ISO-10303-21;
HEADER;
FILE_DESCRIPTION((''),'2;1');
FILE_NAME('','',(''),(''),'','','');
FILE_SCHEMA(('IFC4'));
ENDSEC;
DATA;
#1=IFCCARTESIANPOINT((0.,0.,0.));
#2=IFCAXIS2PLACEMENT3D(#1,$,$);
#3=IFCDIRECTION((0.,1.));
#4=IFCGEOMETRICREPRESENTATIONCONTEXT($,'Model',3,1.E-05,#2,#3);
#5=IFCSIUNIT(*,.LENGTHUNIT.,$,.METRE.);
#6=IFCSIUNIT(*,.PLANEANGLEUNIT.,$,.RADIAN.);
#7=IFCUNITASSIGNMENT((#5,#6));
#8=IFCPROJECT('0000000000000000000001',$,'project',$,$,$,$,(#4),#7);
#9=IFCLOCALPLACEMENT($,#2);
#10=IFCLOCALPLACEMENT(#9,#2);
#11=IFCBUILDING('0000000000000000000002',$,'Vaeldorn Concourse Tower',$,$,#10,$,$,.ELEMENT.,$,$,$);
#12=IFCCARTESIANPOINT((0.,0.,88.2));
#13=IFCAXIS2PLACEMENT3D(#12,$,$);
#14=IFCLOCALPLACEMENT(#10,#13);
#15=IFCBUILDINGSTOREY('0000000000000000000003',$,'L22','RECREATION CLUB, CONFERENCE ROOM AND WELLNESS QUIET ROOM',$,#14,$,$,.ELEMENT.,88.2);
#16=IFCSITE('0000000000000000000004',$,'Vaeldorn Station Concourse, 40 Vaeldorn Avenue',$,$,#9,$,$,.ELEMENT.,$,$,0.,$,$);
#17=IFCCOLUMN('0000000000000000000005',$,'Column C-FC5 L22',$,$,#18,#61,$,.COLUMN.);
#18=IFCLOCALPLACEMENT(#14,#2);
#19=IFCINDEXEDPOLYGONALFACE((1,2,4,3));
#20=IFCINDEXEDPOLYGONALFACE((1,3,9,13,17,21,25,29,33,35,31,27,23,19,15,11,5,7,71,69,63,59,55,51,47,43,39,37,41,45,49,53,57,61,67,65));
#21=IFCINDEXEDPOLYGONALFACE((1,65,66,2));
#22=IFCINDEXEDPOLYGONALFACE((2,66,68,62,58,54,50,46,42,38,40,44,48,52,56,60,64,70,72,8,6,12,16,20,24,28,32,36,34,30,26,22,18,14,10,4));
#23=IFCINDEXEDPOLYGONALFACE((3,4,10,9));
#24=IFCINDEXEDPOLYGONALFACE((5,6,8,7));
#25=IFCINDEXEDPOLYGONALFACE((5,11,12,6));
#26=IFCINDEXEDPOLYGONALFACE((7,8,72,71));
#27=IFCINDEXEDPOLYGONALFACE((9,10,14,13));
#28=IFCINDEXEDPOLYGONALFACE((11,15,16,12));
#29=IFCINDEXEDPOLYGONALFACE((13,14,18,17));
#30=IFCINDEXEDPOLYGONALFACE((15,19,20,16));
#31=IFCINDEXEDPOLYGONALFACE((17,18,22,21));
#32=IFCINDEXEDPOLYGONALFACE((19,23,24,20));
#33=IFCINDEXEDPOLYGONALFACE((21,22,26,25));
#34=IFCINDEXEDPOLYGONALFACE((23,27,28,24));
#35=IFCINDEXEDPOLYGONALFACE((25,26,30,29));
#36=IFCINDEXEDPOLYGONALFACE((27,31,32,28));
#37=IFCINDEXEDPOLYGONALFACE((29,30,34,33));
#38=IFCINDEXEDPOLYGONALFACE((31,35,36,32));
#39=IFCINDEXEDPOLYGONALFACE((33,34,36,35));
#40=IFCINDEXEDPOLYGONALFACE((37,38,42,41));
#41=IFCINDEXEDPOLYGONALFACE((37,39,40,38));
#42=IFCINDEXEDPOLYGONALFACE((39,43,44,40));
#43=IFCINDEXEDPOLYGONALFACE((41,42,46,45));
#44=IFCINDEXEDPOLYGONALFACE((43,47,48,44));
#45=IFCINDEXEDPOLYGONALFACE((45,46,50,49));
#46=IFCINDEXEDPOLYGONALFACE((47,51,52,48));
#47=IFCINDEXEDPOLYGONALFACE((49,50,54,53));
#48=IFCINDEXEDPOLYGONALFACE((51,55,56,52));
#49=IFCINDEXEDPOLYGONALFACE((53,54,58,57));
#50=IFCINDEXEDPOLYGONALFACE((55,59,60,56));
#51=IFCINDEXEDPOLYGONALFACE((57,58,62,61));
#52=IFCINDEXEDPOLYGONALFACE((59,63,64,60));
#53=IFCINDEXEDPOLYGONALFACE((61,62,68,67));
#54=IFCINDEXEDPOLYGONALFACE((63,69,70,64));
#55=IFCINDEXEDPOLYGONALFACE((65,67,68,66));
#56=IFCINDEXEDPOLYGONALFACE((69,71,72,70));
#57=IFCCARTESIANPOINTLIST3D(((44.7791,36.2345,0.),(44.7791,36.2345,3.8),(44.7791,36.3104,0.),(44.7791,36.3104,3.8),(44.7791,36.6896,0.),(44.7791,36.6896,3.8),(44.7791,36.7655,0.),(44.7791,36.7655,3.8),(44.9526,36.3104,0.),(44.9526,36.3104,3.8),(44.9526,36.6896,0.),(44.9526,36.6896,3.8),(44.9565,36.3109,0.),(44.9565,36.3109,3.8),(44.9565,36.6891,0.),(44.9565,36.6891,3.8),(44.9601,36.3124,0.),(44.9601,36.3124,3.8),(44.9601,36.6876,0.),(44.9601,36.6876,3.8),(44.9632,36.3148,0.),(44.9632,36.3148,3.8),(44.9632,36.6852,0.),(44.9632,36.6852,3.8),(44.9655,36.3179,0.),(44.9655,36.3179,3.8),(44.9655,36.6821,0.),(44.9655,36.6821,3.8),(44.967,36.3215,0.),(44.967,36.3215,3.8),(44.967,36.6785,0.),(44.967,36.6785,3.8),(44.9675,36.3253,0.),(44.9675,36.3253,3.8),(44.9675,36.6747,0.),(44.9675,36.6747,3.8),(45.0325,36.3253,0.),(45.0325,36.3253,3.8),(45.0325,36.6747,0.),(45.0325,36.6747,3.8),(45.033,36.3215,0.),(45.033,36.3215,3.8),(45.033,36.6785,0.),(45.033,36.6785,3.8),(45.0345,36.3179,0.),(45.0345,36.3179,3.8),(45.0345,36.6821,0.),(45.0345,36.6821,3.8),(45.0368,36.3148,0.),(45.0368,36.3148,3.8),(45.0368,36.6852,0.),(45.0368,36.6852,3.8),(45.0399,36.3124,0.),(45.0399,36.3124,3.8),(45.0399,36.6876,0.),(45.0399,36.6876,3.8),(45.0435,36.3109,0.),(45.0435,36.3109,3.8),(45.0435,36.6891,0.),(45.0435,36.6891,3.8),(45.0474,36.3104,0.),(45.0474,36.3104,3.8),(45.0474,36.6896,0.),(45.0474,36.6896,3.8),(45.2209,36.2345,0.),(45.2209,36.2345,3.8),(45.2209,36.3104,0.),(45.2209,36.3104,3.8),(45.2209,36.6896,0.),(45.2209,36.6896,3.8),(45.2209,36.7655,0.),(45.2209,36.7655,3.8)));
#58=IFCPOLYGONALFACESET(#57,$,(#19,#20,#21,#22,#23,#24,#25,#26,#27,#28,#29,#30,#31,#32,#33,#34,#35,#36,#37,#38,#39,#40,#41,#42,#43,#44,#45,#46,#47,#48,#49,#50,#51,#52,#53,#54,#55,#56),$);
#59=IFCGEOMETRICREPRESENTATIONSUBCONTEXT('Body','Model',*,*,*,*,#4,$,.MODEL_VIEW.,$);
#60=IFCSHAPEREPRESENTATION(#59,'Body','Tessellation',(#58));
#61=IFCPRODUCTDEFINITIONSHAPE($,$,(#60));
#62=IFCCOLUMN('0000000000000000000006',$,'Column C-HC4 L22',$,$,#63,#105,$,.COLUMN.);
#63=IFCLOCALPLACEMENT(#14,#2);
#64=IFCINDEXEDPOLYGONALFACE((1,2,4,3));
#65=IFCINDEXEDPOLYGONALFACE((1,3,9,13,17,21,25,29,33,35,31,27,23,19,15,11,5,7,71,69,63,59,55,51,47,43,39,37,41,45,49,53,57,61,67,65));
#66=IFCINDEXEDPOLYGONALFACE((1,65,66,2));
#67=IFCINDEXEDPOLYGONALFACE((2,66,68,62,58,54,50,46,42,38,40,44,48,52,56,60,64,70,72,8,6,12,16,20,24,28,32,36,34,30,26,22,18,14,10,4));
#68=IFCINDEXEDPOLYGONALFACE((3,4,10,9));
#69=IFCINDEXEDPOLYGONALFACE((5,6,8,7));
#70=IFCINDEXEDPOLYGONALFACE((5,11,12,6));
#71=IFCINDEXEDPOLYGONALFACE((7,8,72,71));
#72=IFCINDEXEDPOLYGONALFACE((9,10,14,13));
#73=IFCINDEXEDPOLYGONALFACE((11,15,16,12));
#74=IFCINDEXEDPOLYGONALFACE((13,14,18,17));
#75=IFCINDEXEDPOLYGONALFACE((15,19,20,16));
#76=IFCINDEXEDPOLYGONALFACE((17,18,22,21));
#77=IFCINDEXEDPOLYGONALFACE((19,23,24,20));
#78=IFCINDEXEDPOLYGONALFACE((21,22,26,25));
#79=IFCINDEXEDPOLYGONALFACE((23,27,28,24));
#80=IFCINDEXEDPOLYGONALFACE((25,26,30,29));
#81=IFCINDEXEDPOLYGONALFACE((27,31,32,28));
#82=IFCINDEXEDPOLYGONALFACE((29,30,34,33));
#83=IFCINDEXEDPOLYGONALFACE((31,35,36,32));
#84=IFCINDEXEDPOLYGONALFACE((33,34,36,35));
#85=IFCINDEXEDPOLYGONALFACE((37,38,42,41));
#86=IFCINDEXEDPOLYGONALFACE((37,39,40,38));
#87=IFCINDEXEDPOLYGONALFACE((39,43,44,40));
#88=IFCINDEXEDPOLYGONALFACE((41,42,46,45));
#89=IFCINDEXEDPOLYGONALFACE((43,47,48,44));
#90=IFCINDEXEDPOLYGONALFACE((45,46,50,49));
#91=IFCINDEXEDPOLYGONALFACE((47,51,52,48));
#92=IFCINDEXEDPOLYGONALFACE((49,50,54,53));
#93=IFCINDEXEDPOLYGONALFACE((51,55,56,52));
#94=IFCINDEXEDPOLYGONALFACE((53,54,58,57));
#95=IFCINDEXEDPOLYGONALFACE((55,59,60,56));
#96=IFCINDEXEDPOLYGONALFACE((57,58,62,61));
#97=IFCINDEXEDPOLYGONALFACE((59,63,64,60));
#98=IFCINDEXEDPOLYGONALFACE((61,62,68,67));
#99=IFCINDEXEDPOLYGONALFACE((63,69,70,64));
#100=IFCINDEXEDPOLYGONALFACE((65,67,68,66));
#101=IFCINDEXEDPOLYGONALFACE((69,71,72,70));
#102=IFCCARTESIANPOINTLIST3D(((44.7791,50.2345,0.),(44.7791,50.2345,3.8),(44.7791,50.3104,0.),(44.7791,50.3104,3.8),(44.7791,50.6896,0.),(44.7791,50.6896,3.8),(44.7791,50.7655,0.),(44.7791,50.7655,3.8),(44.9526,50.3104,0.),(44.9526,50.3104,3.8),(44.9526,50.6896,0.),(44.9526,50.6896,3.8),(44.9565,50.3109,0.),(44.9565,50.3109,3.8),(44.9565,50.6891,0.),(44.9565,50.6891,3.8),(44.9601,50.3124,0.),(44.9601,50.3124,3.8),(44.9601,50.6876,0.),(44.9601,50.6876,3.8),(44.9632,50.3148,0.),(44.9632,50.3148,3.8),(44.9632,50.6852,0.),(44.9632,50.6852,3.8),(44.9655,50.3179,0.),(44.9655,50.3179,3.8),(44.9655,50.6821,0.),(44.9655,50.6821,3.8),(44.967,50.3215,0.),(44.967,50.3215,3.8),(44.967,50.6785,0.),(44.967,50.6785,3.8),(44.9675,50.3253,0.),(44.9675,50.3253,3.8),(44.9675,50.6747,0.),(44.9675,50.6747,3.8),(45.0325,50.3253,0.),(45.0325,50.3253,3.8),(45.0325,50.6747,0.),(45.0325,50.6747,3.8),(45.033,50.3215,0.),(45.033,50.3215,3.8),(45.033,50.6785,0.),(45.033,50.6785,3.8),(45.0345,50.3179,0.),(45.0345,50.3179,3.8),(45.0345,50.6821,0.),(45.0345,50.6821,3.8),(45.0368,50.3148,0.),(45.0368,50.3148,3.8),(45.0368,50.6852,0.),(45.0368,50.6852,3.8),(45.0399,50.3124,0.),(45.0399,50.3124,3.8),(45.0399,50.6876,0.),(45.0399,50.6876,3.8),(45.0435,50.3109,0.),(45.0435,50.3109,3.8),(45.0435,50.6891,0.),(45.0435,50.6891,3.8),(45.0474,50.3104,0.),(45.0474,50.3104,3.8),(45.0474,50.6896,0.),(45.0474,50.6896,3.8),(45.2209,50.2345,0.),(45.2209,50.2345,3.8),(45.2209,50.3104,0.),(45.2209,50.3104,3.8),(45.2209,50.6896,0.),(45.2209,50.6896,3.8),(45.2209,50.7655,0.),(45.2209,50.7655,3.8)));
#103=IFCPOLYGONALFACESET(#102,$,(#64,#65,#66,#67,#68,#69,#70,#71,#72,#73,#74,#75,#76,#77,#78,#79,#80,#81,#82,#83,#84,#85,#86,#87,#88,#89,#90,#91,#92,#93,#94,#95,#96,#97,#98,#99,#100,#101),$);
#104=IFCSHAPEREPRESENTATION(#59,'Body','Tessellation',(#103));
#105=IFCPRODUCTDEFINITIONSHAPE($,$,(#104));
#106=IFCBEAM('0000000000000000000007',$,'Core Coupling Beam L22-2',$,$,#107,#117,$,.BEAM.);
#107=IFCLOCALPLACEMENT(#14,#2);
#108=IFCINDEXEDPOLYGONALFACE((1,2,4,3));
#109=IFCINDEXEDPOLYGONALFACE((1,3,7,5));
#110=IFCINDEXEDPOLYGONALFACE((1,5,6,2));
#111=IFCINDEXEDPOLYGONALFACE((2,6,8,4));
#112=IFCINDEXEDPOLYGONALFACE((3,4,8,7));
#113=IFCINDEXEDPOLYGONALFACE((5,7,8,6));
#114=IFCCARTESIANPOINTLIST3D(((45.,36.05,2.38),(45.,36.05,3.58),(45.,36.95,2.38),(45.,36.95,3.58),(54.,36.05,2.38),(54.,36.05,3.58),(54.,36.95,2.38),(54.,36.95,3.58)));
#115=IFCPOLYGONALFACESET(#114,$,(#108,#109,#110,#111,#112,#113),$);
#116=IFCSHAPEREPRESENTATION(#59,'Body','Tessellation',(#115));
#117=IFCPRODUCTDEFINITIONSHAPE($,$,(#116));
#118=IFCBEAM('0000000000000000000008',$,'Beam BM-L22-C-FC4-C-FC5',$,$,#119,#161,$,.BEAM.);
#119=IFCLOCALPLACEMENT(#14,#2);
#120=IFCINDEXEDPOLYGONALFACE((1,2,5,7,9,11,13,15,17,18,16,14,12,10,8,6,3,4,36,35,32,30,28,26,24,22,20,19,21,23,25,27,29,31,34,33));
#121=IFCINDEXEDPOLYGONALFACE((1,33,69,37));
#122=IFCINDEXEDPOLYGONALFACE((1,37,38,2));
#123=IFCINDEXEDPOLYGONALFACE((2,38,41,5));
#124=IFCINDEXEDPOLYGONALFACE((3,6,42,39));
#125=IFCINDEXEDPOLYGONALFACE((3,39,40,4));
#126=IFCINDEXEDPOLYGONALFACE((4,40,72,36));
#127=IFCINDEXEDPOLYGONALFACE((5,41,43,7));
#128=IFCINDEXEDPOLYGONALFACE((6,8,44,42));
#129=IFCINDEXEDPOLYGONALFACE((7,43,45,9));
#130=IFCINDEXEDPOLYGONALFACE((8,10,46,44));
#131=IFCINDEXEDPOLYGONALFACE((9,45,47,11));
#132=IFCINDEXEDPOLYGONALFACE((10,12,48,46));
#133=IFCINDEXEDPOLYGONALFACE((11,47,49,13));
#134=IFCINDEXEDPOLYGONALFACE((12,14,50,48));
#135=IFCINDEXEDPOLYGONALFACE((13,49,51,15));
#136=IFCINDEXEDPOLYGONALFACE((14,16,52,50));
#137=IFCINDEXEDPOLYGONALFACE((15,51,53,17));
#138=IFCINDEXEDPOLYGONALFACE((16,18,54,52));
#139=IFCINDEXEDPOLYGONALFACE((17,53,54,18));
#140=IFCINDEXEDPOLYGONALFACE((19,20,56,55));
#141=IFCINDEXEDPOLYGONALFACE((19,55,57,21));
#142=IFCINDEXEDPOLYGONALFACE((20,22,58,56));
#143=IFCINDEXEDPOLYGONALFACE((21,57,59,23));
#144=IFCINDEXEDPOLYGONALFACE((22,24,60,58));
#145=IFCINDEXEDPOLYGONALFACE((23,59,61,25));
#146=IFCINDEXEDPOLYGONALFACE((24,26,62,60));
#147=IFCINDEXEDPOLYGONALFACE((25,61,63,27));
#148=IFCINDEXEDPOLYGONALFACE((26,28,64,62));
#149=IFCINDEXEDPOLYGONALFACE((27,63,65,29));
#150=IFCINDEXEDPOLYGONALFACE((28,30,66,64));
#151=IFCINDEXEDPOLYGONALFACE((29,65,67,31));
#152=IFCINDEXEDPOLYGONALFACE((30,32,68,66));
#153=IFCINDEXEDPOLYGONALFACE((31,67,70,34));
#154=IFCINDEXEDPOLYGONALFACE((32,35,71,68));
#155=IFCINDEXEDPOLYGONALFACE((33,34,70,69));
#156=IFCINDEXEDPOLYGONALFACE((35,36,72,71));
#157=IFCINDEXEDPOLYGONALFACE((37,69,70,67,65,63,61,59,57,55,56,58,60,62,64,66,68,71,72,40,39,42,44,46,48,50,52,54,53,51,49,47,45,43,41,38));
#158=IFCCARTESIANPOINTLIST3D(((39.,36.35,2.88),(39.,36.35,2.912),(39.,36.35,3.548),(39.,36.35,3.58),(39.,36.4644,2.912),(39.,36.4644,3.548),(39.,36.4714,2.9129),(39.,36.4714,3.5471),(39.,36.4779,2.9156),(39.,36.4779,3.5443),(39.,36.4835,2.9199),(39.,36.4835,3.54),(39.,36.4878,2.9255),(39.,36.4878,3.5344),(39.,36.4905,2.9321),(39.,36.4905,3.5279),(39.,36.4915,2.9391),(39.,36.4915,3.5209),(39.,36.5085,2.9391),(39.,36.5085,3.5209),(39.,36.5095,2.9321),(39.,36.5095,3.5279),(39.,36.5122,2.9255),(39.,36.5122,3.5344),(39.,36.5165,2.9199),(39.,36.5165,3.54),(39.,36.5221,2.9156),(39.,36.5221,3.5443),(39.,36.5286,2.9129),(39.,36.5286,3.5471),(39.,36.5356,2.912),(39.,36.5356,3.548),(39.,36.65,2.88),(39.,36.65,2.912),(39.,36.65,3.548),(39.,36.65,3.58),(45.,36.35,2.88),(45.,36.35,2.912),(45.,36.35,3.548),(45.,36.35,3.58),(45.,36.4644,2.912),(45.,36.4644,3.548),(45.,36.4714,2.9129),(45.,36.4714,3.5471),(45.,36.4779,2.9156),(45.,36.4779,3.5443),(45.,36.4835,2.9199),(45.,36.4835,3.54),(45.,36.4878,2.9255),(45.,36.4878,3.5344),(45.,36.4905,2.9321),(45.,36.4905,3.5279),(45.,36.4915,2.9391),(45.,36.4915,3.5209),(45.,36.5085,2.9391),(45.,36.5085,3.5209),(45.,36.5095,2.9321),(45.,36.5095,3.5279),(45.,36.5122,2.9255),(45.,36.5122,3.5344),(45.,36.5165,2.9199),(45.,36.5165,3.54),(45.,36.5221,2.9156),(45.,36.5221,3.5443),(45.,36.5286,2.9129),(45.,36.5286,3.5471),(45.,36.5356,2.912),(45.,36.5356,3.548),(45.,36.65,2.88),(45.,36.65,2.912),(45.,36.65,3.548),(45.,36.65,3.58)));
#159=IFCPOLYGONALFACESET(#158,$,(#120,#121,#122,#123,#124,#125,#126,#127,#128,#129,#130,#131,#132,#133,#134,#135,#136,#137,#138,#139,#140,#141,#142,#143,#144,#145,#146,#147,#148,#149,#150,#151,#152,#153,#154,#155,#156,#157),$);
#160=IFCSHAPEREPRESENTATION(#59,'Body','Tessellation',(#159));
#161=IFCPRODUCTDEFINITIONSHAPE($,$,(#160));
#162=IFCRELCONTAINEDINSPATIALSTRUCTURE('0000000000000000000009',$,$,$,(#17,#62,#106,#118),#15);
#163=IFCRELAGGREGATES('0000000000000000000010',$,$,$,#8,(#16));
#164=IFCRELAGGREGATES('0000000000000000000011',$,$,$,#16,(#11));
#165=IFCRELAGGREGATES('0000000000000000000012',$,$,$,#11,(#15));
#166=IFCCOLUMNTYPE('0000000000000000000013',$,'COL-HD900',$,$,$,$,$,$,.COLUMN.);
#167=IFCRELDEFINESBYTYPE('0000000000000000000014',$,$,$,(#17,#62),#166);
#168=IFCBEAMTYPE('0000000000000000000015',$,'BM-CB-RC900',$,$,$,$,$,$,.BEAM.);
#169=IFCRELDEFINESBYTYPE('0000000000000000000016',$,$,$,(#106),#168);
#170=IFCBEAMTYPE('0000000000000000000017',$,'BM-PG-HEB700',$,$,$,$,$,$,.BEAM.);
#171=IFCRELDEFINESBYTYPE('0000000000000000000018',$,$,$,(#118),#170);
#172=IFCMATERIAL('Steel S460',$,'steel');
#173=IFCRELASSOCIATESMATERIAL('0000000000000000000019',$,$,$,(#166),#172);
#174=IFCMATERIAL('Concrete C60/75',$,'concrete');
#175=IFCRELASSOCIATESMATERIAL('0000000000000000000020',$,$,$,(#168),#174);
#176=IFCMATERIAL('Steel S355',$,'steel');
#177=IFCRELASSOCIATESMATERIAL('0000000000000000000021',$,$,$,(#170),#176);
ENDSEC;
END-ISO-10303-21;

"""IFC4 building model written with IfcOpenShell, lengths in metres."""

from ifc_helpers import new_model, si_unit, direction, frame, origin, origin_2d, place, context, subcontext, project, spatial, rectangle, i_section, extrude, source, transform, mapped, material, material_profile, profile_set, type_object, element, save


model = new_model("IFC4")

# Units and contexts
model_context = context("Model", 3, precision=1e-05, world=origin(), true_north=direction((0.0, 1.0)))
body_context = subcontext(model_context, "Body", "Model", "MODEL_VIEW")
ifc_project = project(units=[si_unit("LENGTHUNIT", "METRE"), si_unit("PLANEANGLEUNIT", "RADIAN")], contexts=[model_context])

# Site, building, storey
site_placement = place(None, origin())
site = spatial("IfcSite", under=ifc_project, at=site_placement, Name="Vaeldorn Station Concourse, 40 Vaeldorn Avenue", CompositionType="ELEMENT", RefElevation=0.0)
building_placement = place(site_placement, origin())
building = spatial("IfcBuilding", under=site, at=building_placement, Name="Vaeldorn Concourse Tower", CompositionType="ELEMENT")
storey_placement = place(building_placement, frame((0.0, 0.0, 88.2)))
storey = spatial("IfcBuildingStorey", under=building, at=storey_placement, Name="L22", Description="RECREATION CLUB, CONFERENCE ROOM AND WELLNESS QUIET ROOM", CompositionType="ELEMENT", Elevation=88.2)

# Columns
ifc_material_1 = material(Name="Steel S460", Category="steel")
ifc_material_profile_1 = material_profile(ifc_material_1, i_section(OverallWidth=0.4419, OverallDepth=0.531, WebThickness=0.0649, FlangeThickness=0.0759, FilletRadius=0.0149, at=origin_2d()), Name="HD 400x900")
ifc_profile_set_1 = profile_set([ifc_material_profile_1], Name="Steel S460")
column_type = type_object("IfcColumnType", Name="COL-HD900", PredefinedType="COLUMN", material=ifc_profile_set_1)
shared_shape_1 = source(origin(), body_context, "Body", "SweptSolid", [
    extrude(i_section(OverallWidth=0.4419, OverallDepth=0.531, WebThickness=0.0649, FlangeThickness=0.0759, FilletRadius=0.0149, at=origin_2d()), origin(), (0.0, 0.0, 1.0), 3.8),
])
for number, where, z_axis, x_axis, name in (
    (1, (45.0, 36.5, 0.0), (0.0, 0.0, 1.0), (1.0, 0.0, 0.0), "Column C-FC5 L22"),
    (2, (45.0, 50.5, 0.0), (0.0, 0.0, 1.0), (1.0, 0.0, 0.0), "Column C-HC4 L22"),
):
    element("IfcColumn", number, at=place(storey_placement, frame(where, z_axis=z_axis, x_axis=x_axis)), inside=storey, type_object=column_type, Name=name, PredefinedType="COLUMN", context=body_context, shape_type="MappedRepresentation", body=[
        mapped(shared_shape_1, transform((0.0, 0.0, 0.0), scale=1.0)),
    ])

# Beams
ifc_material_2 = material(Name="Concrete C60/75", Category="concrete")
ifc_material_profile_2 = material_profile(ifc_material_2, rectangle(XDim=0.8999, YDim=1.2, at=origin_2d()), Name="RC 900x1200")
ifc_profile_set_2 = profile_set([ifc_material_profile_2], Name="Concrete C60/75")
beam_type_1 = type_object("IfcBeamType", Name="BM-CB-RC900", PredefinedType="BEAM", material=ifc_profile_set_2)
shared_shape_2 = source(origin(), body_context, "Body", "SweptSolid", [
    extrude(rectangle(XDim=0.8999, YDim=1.2, at=origin_2d()), origin(), (0.0, 0.0, 1.0), 9.0),
])
beam_1_placement = place(storey_placement, frame((45.0, 36.5, 2.98), z_axis=(1.0, 0.0, 0.0), x_axis=(0.0, 1.0, 0.0)))
element("IfcBeam", 3, at=beam_1_placement, inside=storey, type_object=beam_type_1, Name="Core Coupling Beam L22-2", PredefinedType="BEAM", context=body_context, shape_type="MappedRepresentation", body=[
    mapped(shared_shape_2, transform((0.0, 0.0, 0.0), scale=1.0)),
])
ifc_material_3 = material(Name="Steel S355", Category="steel")
ifc_material_profile_3 = material_profile(ifc_material_3, i_section(OverallWidth=0.3, OverallDepth=0.7, WebThickness=0.0171, FlangeThickness=0.032, FilletRadius=0.0271, at=origin_2d()), Name="HEB 700")
ifc_profile_set_3 = profile_set([ifc_material_profile_3], Name="Steel S355")
beam_type_2 = type_object("IfcBeamType", Name="BM-PG-HEB700", PredefinedType="BEAM", material=ifc_profile_set_3)
shared_shape_3 = source(origin(), body_context, "Body", "SweptSolid", [
    extrude(i_section(OverallWidth=0.3, OverallDepth=0.7, WebThickness=0.0171, FlangeThickness=0.032, FilletRadius=0.0271, at=origin_2d()), origin(), (0.0, 0.0, 1.0), 6.0),
])
beam_2_placement = place(storey_placement, frame((39.0, 36.5, 3.23), z_axis=(1.0, 0.0, 0.0), x_axis=(0.0, 1.0, 0.0)))
element("IfcBeam", 4, at=beam_2_placement, inside=storey, type_object=beam_type_2, Name="Beam BM-L22-C-FC4-C-FC5", PredefinedType="BEAM", context=body_context, shape_type="MappedRepresentation", body=[
    mapped(shared_shape_3, transform((0.0, 0.0, 0.0), scale=1.0)),
])

save(model, "model.ifc")
